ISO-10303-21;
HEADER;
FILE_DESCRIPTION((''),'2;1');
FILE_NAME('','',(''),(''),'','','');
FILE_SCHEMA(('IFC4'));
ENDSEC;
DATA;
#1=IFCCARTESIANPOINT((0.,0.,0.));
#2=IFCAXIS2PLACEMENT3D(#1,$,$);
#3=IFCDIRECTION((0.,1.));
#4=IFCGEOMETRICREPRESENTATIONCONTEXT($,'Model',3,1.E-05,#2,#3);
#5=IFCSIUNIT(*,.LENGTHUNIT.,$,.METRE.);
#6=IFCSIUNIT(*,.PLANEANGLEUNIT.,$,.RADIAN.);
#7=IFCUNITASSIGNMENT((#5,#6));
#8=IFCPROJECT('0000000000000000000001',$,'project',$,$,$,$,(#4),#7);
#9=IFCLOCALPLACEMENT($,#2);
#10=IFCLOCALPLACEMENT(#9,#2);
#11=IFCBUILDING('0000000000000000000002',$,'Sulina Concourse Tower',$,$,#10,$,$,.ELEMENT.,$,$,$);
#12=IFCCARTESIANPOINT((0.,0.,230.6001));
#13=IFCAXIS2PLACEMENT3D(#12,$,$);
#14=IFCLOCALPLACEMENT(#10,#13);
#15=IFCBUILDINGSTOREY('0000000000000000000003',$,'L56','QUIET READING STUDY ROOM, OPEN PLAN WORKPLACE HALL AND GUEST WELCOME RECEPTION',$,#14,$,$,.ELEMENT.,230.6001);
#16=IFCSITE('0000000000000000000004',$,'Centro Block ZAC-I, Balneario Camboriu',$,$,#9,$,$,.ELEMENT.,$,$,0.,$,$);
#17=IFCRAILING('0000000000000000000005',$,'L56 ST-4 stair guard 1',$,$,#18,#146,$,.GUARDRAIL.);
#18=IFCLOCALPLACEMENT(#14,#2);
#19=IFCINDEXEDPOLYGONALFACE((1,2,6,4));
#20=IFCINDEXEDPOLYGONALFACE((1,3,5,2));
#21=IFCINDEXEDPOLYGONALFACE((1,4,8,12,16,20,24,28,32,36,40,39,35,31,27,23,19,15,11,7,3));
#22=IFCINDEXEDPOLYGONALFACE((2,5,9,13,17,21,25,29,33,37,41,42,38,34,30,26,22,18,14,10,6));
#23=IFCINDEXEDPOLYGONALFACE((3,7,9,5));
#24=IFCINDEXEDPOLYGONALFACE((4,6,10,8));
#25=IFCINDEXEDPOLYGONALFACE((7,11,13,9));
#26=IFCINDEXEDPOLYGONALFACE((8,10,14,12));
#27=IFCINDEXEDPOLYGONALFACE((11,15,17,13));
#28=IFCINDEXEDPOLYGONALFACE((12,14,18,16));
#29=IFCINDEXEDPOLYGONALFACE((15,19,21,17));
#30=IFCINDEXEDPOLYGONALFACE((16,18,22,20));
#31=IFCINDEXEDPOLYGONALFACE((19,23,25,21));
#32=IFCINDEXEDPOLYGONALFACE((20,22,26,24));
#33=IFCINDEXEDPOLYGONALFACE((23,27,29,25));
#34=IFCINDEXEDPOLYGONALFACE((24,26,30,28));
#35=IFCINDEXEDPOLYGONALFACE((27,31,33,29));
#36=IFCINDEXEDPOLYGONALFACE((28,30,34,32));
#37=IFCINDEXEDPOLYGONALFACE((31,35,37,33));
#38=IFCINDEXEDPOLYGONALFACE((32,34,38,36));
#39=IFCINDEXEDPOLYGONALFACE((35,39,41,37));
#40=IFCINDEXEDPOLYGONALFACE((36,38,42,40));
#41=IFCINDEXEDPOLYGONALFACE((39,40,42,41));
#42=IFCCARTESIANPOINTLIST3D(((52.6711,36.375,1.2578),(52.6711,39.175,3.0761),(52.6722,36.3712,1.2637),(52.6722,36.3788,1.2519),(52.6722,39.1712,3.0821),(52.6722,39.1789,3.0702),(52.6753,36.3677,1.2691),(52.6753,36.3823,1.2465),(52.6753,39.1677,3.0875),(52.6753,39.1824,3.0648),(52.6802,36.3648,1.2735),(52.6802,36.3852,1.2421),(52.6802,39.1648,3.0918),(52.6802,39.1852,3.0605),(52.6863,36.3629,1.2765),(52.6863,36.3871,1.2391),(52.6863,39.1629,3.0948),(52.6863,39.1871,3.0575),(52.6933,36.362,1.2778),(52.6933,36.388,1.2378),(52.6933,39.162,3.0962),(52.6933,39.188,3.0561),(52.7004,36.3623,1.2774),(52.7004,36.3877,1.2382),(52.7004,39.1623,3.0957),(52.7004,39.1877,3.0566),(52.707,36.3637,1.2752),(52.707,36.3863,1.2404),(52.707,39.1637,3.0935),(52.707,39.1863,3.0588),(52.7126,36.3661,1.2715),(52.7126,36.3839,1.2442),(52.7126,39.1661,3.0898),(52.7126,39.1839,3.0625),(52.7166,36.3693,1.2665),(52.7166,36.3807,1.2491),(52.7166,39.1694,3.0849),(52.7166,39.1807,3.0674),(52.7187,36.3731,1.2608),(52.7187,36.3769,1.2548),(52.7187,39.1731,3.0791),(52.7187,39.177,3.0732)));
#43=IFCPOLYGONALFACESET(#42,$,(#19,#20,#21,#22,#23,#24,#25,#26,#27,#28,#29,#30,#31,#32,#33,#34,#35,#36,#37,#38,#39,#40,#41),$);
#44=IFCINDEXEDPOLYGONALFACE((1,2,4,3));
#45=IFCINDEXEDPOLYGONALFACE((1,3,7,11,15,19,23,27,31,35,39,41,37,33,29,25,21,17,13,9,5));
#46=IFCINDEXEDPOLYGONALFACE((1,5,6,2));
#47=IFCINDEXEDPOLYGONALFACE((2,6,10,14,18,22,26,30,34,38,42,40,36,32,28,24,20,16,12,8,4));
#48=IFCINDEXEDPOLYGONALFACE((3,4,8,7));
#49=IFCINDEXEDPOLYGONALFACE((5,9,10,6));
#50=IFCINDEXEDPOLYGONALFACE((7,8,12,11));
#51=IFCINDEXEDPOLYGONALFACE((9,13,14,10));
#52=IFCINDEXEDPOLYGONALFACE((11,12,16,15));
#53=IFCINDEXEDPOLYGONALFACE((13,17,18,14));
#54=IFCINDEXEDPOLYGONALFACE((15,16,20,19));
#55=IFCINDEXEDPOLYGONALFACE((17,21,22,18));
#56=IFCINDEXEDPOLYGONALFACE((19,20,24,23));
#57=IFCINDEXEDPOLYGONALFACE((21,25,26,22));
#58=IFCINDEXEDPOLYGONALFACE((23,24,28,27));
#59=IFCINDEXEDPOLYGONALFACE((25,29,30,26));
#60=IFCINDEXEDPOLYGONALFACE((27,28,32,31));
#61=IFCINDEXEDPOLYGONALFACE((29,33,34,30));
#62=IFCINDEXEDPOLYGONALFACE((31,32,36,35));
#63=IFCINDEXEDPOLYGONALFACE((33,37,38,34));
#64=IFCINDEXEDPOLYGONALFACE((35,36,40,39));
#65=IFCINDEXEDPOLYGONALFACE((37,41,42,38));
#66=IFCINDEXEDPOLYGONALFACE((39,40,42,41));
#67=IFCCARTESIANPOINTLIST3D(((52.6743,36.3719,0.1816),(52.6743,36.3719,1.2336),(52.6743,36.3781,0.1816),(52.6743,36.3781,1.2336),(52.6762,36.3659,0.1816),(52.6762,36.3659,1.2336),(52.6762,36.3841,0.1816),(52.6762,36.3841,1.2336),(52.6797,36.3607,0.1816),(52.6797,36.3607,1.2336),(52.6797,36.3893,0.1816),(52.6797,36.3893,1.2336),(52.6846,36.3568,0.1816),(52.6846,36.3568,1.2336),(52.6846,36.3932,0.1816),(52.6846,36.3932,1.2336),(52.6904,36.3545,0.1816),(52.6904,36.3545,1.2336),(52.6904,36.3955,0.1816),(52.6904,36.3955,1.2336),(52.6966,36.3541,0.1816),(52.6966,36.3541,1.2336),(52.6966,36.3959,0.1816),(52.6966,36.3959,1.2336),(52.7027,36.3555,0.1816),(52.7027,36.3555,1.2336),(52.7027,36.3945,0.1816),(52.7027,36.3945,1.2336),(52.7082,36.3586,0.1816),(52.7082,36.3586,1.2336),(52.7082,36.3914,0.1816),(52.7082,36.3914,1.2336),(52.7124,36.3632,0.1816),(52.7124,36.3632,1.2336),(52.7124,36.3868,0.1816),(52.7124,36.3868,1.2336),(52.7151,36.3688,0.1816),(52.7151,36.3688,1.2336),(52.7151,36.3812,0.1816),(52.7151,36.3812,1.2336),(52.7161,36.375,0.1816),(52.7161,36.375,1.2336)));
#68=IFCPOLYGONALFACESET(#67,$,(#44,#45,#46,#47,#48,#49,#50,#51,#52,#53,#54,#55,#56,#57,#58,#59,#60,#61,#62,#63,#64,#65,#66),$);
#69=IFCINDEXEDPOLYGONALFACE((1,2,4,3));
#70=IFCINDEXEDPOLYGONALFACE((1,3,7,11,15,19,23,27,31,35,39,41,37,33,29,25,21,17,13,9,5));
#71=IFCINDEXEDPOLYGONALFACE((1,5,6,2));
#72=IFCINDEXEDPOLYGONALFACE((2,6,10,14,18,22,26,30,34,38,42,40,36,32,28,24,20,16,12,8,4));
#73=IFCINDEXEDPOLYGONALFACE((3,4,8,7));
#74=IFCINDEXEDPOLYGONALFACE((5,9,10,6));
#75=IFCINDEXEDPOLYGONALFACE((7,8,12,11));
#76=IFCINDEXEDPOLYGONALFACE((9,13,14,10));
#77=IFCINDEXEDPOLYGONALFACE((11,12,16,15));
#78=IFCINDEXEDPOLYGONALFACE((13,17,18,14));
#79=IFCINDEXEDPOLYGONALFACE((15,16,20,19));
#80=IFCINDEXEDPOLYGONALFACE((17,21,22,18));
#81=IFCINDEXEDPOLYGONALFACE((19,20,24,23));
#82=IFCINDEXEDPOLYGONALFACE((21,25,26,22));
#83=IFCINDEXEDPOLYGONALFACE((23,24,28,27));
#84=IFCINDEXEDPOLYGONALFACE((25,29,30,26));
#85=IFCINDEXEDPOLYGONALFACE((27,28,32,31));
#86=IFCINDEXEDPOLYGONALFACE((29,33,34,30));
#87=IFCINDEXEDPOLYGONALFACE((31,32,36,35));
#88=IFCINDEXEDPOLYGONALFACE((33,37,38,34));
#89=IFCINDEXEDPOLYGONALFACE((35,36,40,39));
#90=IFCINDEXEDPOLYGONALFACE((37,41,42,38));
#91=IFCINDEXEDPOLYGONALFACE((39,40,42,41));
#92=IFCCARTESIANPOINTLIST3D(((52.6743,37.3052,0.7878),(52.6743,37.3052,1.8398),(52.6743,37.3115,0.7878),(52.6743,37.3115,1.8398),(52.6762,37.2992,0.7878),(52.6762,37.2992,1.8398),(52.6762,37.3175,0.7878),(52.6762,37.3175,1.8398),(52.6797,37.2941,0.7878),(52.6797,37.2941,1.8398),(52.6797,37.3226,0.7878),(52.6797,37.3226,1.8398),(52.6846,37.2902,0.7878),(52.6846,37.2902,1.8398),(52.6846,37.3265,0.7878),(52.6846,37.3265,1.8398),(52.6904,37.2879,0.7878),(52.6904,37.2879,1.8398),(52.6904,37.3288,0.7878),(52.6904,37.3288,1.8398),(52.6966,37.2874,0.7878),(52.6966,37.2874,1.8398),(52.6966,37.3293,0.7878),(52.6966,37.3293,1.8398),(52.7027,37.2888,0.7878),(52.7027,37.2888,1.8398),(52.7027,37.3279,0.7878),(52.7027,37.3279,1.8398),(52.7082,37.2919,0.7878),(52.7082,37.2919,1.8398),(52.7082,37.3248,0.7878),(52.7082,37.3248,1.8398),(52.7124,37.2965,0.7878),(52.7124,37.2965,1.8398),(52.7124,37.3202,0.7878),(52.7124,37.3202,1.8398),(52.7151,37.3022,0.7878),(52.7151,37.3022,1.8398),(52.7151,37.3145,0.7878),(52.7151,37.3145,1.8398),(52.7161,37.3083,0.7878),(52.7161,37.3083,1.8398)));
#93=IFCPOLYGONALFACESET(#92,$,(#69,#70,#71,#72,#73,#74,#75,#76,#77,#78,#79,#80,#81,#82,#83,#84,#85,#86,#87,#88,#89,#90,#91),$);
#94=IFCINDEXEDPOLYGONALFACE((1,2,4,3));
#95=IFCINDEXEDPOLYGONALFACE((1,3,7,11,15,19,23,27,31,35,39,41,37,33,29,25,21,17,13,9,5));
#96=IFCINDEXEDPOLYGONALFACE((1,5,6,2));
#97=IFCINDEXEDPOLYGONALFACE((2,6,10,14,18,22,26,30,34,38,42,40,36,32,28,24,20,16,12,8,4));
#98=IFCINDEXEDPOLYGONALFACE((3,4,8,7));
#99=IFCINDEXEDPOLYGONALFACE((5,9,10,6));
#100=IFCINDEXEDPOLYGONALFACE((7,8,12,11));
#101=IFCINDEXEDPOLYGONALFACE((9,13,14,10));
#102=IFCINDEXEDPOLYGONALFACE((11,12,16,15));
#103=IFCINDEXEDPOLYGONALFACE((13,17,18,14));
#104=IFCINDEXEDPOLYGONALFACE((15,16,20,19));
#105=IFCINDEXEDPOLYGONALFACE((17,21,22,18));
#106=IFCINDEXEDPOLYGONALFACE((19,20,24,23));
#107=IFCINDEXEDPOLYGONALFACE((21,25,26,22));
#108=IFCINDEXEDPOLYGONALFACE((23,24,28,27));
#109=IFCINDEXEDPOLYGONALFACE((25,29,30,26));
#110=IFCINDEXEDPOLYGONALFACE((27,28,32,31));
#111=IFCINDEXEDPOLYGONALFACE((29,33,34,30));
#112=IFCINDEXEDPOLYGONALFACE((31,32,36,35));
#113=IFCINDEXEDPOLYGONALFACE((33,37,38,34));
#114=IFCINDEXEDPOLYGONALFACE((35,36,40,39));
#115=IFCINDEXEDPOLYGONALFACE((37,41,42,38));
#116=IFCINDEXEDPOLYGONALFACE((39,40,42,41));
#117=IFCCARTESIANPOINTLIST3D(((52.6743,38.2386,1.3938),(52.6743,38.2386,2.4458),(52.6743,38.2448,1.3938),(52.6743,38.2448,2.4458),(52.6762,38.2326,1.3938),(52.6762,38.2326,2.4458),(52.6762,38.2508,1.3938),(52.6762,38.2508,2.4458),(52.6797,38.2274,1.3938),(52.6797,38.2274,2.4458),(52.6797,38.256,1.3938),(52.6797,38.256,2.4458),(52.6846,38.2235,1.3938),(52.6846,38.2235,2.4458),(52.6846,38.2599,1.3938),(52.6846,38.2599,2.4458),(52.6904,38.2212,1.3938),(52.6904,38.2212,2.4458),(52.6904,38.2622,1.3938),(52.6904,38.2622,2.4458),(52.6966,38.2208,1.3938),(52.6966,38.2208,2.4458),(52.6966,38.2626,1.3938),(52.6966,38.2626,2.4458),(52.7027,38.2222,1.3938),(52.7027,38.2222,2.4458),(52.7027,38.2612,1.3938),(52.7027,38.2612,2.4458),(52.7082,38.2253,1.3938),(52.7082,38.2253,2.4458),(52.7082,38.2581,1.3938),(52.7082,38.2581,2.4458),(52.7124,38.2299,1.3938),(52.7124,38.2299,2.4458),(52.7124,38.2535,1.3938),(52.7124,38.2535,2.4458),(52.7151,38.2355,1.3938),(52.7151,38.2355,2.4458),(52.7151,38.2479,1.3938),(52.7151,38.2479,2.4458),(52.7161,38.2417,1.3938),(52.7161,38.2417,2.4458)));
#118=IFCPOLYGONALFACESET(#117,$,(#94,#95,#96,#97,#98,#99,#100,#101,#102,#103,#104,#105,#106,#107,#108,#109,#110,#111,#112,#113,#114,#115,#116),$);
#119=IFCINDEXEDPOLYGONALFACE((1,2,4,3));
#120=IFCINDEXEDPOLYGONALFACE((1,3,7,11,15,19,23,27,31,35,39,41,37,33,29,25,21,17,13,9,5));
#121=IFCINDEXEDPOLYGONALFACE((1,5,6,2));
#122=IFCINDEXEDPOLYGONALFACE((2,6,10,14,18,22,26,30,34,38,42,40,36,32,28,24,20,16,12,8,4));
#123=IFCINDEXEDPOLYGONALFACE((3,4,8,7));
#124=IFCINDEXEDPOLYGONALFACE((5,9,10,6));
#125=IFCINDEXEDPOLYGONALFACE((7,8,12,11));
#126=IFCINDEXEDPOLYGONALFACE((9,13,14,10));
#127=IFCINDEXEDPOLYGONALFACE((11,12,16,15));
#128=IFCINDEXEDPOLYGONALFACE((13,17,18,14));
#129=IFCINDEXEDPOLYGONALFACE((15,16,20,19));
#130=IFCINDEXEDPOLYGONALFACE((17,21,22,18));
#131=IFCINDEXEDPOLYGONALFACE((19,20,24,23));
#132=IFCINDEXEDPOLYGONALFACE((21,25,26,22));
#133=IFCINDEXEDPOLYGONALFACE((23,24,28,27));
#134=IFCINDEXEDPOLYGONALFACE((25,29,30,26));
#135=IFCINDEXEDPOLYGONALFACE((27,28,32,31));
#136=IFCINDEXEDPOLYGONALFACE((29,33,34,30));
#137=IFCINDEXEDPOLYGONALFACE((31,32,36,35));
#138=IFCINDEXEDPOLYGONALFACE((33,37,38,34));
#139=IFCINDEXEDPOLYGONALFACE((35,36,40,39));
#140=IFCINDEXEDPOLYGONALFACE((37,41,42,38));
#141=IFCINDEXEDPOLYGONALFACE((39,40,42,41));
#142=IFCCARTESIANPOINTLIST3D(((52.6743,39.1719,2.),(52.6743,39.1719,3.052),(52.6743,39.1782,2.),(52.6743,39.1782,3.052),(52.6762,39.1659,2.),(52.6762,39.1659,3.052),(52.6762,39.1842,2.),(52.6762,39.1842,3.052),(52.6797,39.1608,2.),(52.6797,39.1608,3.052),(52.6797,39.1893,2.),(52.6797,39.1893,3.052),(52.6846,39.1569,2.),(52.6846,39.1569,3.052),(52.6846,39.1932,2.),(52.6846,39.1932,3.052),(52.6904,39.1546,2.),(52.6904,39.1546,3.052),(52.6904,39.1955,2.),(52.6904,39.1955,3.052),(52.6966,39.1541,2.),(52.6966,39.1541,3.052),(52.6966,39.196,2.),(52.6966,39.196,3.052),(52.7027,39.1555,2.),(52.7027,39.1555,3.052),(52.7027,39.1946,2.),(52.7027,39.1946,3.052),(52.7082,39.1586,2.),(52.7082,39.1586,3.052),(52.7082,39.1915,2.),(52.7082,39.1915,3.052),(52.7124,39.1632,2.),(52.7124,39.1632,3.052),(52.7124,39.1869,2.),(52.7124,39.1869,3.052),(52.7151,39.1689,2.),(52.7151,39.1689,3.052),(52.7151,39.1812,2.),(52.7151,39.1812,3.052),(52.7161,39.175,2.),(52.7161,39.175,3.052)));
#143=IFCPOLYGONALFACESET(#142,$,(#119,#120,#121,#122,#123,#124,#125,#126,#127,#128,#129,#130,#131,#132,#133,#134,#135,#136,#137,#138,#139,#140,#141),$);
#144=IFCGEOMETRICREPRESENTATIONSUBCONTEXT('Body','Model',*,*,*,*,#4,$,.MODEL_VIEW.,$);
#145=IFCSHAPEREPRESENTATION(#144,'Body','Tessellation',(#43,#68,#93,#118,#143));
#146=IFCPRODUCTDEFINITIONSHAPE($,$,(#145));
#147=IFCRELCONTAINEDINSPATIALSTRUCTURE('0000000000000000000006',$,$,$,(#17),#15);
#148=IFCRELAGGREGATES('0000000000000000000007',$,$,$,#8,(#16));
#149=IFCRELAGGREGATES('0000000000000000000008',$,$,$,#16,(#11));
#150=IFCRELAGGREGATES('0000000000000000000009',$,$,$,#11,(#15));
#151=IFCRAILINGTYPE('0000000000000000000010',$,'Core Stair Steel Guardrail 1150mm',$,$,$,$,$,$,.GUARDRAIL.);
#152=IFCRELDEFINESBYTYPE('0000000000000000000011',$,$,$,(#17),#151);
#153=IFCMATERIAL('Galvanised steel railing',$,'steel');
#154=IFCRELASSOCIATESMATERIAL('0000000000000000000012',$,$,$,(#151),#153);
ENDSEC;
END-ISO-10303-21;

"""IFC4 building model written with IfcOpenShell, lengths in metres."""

from ifc_helpers import new_model, si_unit, direction, frame, origin, origin_2d, place, context, subcontext, project, spatial, circle, extrude, material, type_object, element, save


model = new_model("IFC4")

# Units and contexts
model_context = context("Model", 3, precision=1e-05, world=origin(), true_north=direction((0.0, 1.0)))
body_context = subcontext(model_context, "Body", "Model", "MODEL_VIEW")
ifc_project = project(units=[si_unit("LENGTHUNIT", "METRE"), si_unit("PLANEANGLEUNIT", "RADIAN")], contexts=[model_context])

# Site, building, storey
site_placement = place(None, origin())
site = spatial("IfcSite", under=ifc_project, at=site_placement, Name="Centro Block ZAC-I, Balneario Camboriu", CompositionType="ELEMENT", RefElevation=0.0)
building_placement = place(site_placement, origin())
building = spatial("IfcBuilding", under=site, at=building_placement, Name="Sulina Concourse Tower", CompositionType="ELEMENT")
storey_placement = place(building_placement, frame((0.0, 0.0, 230.6001)))
storey = spatial("IfcBuildingStorey", under=building, at=storey_placement, Name="L56", Description="QUIET READING STUDY ROOM, OPEN PLAN WORKPLACE HALL AND GUEST WELCOME RECEPTION", CompositionType="ELEMENT", Elevation=230.6001)

# Railing
ifc_material_1 = material(Name="Galvanised steel railing", Category="steel")
railing_type_1 = type_object("IfcRailingType", Name="Core Stair Steel Guardrail 1150mm", PredefinedType="GUARDRAIL", material=ifc_material_1)
railing_1_placement = place(storey_placement, frame((52.6951, 36.375, 0.1816)))
element("IfcRailing", 1, at=railing_1_placement, inside=storey, type_object=railing_type_1, Name="L56 ST-4 stair guard 1", PredefinedType="GUARDRAIL", context=body_context, shape_type="SweptSolid", body=[
    extrude(circle(Radius=0.0239, at=origin_2d()), frame((0.0, 0.0, 1.0762), z_axis=(0.0, 0.838672, 0.544636), x_axis=(-1.0, 0.0, 0.0)), (0.0, 0.0, 1.0), 3.3386),
    extrude(circle(Radius=0.021, at=origin_2d()), origin(), (0.0, 0.0, 1.0), 1.052),
    extrude(circle(Radius=0.021, at=origin_2d()), frame((0.0, 0.9333, 0.6062)), (0.0, 0.0, 1.0), 1.052),
    extrude(circle(Radius=0.021, at=origin_2d()), frame((0.0, 1.8667, 1.2122)), (0.0, 0.0, 1.0), 1.052),
    extrude(circle(Radius=0.021, at=origin_2d()), frame((0.0, 2.8, 1.8184)), (0.0, 0.0, 1.0), 1.052),
])

save(model, "model.ifc")
